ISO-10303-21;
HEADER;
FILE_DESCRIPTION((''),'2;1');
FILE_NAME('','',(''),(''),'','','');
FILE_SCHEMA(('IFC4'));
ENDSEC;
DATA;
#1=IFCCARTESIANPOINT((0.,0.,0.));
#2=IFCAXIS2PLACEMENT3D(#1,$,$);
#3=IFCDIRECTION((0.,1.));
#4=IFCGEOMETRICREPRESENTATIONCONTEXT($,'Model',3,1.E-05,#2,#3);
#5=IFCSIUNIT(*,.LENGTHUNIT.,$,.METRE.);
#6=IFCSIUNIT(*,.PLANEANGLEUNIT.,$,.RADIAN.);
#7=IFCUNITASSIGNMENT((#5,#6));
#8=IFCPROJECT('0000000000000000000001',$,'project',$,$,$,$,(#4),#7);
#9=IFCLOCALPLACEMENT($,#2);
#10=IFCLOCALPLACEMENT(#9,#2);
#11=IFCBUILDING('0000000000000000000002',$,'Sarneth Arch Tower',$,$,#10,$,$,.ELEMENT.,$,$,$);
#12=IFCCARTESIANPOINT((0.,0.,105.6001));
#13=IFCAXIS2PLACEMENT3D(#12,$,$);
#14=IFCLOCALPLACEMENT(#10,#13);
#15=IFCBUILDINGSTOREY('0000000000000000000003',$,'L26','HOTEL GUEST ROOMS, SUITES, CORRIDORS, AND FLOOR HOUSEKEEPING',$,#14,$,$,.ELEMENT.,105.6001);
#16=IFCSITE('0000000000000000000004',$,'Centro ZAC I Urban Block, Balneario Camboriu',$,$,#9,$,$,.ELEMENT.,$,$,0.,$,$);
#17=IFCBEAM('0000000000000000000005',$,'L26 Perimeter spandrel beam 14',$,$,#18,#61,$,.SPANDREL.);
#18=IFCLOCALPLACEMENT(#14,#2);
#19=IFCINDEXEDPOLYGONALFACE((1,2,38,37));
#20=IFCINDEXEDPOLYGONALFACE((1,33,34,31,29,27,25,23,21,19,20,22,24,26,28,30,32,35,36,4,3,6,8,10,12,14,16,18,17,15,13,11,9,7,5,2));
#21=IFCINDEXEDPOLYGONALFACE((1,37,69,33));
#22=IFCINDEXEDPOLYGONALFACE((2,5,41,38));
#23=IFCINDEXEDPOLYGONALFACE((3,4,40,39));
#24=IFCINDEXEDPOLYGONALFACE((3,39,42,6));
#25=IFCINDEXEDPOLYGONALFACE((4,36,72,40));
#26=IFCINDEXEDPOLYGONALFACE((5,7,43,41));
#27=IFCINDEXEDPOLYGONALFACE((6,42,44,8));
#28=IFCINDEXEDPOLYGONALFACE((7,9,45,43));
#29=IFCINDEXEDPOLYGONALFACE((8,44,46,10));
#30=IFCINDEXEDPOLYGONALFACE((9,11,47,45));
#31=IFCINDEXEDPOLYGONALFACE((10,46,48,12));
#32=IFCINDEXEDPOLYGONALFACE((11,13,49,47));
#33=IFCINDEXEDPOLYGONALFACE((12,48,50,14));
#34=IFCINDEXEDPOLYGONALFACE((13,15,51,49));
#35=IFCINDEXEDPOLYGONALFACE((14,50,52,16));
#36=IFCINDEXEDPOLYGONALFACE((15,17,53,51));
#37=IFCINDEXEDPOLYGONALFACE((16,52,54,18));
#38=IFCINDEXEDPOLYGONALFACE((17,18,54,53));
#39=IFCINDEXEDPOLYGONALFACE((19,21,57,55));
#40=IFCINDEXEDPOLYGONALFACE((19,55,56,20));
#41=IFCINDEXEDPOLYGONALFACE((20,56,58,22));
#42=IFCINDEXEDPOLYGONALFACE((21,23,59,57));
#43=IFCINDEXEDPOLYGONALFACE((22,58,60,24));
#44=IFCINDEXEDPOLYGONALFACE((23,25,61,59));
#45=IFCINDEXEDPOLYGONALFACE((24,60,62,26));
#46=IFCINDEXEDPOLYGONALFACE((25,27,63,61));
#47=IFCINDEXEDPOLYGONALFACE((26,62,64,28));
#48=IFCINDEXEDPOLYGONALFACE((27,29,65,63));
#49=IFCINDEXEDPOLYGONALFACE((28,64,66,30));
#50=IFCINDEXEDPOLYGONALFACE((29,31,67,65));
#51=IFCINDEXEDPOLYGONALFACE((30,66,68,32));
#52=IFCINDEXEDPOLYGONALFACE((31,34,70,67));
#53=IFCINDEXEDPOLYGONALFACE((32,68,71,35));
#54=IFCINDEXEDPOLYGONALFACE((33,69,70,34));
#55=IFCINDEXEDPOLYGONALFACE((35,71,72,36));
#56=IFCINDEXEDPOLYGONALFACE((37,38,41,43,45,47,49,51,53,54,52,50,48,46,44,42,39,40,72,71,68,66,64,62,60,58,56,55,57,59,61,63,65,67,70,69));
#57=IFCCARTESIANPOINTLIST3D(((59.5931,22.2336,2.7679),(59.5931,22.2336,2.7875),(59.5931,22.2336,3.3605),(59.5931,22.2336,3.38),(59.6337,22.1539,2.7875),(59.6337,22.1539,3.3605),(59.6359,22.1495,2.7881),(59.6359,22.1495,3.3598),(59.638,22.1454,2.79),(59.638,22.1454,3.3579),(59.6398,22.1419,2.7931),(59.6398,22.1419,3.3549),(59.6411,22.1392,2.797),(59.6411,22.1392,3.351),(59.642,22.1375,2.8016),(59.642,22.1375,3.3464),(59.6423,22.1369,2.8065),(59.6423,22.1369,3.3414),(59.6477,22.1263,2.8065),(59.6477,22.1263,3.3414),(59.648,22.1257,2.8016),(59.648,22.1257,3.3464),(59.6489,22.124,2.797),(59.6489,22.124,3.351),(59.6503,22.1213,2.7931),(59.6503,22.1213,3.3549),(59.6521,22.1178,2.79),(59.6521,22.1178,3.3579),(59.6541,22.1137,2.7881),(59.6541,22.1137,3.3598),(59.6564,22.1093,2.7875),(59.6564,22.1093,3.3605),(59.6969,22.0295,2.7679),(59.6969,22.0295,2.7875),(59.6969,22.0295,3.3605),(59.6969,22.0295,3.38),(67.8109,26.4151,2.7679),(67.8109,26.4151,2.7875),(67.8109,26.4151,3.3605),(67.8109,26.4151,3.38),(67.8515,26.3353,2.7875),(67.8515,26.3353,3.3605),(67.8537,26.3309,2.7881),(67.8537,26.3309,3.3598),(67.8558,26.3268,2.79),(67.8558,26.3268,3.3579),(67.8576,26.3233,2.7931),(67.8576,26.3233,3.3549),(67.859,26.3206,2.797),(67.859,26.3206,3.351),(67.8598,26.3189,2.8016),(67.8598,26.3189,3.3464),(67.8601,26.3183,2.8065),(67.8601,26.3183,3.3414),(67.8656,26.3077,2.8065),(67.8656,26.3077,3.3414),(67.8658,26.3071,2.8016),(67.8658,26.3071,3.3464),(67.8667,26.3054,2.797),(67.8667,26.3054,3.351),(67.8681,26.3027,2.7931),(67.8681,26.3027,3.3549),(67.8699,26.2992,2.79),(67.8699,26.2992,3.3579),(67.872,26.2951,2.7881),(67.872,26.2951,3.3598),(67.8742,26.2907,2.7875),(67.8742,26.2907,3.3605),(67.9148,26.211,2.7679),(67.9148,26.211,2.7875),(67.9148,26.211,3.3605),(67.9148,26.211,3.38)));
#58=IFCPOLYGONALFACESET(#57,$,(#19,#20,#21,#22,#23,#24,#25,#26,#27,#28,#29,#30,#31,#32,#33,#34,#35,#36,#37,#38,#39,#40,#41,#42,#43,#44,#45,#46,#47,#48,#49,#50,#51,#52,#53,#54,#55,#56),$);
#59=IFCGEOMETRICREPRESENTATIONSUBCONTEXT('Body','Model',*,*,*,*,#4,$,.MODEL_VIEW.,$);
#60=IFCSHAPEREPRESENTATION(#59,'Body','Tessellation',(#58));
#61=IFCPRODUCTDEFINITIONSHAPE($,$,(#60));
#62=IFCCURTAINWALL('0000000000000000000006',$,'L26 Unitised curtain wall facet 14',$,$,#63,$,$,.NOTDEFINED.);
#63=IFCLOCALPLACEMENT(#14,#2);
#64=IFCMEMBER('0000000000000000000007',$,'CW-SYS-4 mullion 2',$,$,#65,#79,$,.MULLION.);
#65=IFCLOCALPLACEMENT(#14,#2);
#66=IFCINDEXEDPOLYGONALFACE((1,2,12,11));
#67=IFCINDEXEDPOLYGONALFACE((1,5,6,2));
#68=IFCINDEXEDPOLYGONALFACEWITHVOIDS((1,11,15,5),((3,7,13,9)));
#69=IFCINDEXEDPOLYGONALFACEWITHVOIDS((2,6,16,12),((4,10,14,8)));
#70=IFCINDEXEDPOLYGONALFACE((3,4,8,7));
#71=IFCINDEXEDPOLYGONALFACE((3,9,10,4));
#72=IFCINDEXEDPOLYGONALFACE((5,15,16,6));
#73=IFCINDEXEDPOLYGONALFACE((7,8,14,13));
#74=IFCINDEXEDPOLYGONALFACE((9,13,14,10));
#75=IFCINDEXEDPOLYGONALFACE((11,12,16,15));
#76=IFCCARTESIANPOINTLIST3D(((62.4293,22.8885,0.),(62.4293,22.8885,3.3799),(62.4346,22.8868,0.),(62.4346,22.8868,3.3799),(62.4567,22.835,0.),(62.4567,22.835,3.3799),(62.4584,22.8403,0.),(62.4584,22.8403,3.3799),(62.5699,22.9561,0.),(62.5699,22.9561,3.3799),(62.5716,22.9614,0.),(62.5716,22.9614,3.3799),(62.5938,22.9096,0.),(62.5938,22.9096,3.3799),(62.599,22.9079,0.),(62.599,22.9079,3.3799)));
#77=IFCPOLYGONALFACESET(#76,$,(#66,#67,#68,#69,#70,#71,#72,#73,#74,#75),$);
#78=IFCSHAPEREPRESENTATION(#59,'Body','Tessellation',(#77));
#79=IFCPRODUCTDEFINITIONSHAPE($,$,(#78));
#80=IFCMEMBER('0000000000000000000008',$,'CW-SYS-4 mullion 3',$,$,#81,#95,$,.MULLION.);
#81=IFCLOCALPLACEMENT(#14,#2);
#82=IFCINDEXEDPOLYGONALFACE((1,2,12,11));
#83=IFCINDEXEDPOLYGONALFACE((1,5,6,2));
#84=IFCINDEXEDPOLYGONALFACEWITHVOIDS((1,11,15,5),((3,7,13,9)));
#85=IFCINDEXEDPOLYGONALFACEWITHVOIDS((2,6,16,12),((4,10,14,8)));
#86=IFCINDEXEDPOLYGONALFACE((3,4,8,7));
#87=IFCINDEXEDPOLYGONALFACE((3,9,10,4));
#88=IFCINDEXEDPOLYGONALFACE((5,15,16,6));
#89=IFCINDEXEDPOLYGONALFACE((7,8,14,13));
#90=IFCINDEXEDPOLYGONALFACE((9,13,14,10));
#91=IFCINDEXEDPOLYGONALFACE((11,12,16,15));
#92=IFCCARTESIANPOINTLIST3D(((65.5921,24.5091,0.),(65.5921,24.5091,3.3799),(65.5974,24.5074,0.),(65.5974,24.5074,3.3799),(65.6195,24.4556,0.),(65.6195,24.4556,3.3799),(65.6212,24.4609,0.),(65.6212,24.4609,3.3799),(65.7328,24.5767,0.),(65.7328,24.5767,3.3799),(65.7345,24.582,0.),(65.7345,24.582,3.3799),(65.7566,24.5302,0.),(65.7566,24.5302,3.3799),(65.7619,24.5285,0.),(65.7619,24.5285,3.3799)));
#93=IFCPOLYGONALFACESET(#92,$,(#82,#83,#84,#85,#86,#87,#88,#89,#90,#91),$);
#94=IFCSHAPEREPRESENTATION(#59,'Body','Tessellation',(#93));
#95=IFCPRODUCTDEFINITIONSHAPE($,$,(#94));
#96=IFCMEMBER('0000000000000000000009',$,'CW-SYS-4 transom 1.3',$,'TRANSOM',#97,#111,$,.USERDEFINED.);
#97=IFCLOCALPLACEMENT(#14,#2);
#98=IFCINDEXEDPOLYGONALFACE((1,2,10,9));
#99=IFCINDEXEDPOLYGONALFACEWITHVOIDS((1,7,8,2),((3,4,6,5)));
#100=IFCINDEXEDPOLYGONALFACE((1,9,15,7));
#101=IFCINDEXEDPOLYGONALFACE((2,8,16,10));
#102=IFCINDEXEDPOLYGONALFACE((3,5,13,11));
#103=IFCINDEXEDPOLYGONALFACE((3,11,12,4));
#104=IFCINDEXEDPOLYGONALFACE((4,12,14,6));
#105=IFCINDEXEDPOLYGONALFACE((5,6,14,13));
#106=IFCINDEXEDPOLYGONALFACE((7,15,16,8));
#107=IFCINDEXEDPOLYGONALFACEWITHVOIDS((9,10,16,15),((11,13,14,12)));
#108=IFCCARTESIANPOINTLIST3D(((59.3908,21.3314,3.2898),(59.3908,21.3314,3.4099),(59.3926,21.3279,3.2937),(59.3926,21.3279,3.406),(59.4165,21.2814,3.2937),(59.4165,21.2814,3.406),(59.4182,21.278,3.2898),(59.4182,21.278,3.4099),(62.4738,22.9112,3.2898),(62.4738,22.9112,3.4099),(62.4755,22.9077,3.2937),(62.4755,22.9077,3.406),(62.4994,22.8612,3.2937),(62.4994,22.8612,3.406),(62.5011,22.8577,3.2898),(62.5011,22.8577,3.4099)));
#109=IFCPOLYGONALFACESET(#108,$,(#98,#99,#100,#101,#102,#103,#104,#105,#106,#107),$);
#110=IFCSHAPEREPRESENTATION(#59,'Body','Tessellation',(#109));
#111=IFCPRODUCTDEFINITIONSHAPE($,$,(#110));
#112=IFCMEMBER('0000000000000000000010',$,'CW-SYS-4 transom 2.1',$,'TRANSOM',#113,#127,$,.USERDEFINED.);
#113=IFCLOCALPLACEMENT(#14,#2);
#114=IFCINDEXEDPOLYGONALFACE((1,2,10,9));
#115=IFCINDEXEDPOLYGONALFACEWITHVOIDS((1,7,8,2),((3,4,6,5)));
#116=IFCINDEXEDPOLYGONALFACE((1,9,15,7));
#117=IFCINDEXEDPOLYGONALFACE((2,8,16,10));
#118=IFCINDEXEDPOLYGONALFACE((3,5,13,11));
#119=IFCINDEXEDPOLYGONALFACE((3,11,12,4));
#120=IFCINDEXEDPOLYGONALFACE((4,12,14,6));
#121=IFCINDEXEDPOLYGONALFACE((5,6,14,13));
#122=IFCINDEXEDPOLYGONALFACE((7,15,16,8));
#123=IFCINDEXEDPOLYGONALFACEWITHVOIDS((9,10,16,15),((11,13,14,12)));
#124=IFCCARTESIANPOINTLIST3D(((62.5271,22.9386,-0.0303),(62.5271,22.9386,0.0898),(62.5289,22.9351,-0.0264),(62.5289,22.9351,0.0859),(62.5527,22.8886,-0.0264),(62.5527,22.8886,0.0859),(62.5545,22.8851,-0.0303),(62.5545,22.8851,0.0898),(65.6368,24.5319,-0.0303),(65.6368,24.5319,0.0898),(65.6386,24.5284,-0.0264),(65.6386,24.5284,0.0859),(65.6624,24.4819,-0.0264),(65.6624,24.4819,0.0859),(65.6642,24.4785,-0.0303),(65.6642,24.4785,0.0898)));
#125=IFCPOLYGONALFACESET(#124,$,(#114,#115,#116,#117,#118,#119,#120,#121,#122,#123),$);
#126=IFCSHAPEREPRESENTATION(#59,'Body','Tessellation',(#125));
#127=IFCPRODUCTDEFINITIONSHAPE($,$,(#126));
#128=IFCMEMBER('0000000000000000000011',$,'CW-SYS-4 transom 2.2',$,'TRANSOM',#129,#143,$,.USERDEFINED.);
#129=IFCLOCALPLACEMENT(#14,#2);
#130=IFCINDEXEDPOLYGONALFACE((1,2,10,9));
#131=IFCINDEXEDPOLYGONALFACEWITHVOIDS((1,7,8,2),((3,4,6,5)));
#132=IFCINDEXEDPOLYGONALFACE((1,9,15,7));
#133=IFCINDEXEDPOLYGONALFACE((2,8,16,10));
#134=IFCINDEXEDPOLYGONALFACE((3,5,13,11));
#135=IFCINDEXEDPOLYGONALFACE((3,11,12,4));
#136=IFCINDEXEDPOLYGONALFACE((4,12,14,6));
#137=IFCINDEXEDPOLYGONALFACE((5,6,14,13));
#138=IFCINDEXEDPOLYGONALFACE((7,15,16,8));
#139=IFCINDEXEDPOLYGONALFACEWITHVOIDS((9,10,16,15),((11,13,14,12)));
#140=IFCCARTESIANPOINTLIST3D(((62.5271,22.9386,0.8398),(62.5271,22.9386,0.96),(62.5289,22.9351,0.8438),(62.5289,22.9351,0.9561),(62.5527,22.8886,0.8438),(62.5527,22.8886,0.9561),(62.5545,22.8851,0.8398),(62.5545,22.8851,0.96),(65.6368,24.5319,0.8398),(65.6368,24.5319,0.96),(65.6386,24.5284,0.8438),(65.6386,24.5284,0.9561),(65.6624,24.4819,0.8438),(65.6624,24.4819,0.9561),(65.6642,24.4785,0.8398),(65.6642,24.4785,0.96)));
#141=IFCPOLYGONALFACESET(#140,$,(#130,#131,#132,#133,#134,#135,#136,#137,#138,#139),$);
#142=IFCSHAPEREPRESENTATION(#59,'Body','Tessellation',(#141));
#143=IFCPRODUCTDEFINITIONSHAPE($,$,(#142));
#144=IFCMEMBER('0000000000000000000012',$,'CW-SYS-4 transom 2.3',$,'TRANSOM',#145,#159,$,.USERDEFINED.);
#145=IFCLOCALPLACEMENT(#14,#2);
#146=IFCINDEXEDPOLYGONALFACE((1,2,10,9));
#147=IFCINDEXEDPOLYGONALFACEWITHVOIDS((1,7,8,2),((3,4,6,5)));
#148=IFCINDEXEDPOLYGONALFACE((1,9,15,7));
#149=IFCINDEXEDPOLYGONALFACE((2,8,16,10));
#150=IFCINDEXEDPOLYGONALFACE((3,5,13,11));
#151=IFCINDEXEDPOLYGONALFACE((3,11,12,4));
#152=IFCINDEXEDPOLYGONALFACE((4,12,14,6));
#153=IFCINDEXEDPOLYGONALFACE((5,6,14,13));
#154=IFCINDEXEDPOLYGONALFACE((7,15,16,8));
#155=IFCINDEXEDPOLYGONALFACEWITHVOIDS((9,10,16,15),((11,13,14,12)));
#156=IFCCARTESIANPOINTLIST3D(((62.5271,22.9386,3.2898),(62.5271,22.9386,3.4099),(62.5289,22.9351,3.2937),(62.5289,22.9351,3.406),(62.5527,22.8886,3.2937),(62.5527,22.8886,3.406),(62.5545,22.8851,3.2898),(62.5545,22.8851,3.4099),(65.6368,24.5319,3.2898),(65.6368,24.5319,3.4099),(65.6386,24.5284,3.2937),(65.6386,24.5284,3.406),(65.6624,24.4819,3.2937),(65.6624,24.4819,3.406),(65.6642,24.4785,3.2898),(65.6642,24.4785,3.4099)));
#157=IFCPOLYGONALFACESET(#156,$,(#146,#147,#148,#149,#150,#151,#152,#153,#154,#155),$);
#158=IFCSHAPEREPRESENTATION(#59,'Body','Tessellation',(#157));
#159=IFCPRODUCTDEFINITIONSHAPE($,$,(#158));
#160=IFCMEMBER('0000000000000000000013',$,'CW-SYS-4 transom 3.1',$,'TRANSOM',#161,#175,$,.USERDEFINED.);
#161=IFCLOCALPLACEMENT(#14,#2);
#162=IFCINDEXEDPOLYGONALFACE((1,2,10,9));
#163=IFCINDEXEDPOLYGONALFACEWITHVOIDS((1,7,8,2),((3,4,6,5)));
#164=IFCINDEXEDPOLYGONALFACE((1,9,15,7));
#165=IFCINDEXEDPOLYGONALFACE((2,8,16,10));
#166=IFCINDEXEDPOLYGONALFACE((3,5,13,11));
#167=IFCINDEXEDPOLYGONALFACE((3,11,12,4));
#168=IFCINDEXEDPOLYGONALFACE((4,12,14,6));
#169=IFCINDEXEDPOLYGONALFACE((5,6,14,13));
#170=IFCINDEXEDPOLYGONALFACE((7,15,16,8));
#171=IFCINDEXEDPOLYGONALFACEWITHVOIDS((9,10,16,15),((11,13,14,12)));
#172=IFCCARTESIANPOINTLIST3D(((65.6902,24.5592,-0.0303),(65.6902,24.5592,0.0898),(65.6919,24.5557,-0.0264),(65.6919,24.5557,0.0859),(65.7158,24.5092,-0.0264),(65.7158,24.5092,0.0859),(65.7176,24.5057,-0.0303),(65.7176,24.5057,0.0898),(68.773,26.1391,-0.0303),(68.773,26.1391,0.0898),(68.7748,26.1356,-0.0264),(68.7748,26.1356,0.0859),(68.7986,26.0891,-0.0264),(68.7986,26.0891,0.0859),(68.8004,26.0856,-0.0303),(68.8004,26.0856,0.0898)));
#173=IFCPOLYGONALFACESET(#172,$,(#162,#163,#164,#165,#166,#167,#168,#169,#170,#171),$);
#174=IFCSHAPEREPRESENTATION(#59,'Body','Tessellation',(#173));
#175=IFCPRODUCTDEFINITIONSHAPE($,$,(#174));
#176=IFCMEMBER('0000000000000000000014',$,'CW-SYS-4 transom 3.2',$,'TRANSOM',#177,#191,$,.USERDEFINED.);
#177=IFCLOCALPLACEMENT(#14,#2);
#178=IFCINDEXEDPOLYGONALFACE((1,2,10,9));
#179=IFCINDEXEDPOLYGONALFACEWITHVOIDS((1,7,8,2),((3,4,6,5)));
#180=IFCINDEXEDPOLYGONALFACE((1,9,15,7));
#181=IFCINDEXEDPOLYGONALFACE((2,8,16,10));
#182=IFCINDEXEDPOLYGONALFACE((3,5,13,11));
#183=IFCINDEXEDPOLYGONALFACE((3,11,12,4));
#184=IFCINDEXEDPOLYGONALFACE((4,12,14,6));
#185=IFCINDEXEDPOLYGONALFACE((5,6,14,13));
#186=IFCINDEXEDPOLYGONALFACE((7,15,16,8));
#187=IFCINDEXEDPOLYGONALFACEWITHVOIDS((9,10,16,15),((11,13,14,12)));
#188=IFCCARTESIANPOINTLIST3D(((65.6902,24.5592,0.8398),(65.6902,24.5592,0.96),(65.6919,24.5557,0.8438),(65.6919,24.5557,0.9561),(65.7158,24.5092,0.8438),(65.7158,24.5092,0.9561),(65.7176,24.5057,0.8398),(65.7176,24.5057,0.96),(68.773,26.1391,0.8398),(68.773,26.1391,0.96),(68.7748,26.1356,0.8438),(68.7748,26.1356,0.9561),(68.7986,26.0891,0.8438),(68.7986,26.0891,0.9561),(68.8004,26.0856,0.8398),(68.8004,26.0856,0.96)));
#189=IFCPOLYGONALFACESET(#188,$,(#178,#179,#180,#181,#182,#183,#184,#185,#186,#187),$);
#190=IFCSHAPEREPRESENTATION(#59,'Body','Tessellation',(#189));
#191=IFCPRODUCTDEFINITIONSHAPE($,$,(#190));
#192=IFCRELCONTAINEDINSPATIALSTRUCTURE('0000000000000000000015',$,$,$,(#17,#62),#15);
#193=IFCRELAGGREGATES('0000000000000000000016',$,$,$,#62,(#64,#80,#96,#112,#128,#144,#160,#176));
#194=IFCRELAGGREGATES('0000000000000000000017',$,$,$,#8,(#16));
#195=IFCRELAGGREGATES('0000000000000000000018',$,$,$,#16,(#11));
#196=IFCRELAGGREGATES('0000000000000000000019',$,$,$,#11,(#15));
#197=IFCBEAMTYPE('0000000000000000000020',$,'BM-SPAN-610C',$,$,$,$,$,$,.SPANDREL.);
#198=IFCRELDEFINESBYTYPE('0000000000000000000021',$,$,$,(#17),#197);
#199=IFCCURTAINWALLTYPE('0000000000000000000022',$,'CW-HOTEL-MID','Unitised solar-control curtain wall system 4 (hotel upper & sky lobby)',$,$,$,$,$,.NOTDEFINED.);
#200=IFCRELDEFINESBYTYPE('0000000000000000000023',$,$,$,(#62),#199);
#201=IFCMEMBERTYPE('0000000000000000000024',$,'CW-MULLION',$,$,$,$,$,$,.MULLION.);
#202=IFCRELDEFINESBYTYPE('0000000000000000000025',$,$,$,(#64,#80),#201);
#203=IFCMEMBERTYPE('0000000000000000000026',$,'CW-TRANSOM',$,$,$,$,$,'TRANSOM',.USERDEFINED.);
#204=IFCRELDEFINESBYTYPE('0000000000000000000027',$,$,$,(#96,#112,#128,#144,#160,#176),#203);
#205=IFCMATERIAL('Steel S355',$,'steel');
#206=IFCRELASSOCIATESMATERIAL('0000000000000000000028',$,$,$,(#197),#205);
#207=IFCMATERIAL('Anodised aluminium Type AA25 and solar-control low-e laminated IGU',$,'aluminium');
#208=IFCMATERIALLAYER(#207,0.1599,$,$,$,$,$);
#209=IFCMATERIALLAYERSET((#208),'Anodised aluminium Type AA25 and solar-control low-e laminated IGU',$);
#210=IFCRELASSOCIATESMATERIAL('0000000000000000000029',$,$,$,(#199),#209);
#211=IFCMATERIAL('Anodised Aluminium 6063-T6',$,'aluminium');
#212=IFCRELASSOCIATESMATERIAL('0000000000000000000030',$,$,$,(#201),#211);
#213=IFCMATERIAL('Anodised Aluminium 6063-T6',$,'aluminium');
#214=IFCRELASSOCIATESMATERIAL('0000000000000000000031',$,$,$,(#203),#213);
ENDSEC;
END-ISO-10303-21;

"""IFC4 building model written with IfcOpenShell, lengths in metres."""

from ifc_helpers import new_model, si_unit, direction, frame, origin, origin_2d, place, context, subcontext, project, spatial, hollow_rectangle, i_section, extrude, material, layer, layer_set, material_profile, profile_set, type_object, element, aggregate, save


model = new_model("IFC4")

# Units and contexts
model_context = context("Model", 3, precision=1e-05, world=origin(), true_north=direction((0.0, 1.0)))
body_context = subcontext(model_context, "Body", "Model", "MODEL_VIEW")
ifc_project = project(units=[si_unit("LENGTHUNIT", "METRE"), si_unit("PLANEANGLEUNIT", "RADIAN")], contexts=[model_context])

# Site, building, storey
site_placement = place(None, origin())
site = spatial("IfcSite", under=ifc_project, at=site_placement, Name="Centro ZAC I Urban Block, Balneario Camboriu", CompositionType="ELEMENT", RefElevation=0.0)
building_placement = place(site_placement, origin())
building = spatial("IfcBuilding", under=site, at=building_placement, Name="Sarneth Arch Tower", CompositionType="ELEMENT")
storey_placement = place(building_placement, frame((0.0, 0.0, 105.6001)))
storey = spatial("IfcBuildingStorey", under=building, at=storey_placement, Name="L26", Description="HOTEL GUEST ROOMS, SUITES, CORRIDORS, AND FLOOR HOUSEKEEPING", CompositionType="ELEMENT", Elevation=105.6001)

# Beam
ifc_material_1 = material(Name="Steel S355", Category="steel")
ifc_material_profile_1 = material_profile(ifc_material_1, i_section(OverallWidth=0.229, OverallDepth=0.6121, WebThickness=0.012, FlangeThickness=0.0195, FilletRadius=0.019, at=origin_2d()), Name="W610x125")
ifc_profile_set_1 = profile_set([ifc_material_profile_1], Name="Steel S355")
beam_type = type_object("IfcBeamType", Name="BM-SPAN-610C", PredefinedType="SPANDREL", material=ifc_profile_set_1)
beam_placement = place(storey_placement, frame((59.645, 22.1316, 3.074), z_axis=(0.891259, 0.453494, 0.0), x_axis=(-0.453494, 0.891259, 0.0)))
element("IfcBeam", 1, at=beam_placement, inside=storey, type_object=beam_type, Name="L26 Perimeter spandrel beam 14", PredefinedType="SPANDREL", context=body_context, shape_type="SweptSolid", body=[
    extrude(i_section(OverallWidth=0.229, OverallDepth=0.6121, WebThickness=0.012, FlangeThickness=0.0195, FilletRadius=0.019, at=origin_2d()), origin(), (0.0, 0.0, 1.0), 9.2205),
])

# Curtain wall, members
ifc_material_2 = material(Name="Anodised aluminium Type AA25 and solar-control low-e laminated IGU", Category="aluminium")
ifc_layer_1 = layer(ifc_material_2, 0.1599)
ifc_layer_set_1 = layer_set([ifc_layer_1], Name="Anodised aluminium Type AA25 and solar-control low-e laminated IGU")
curtain_wall_type = type_object("IfcCurtainWallType", Name="CW-HOTEL-MID", Description="Unitised solar-control curtain wall system 4 (hotel upper & sky lobby)", PredefinedType="NOTDEFINED", material=ifc_layer_set_1)
curtain_wall_placement = place(storey_placement, origin())
curtain_wall = element("IfcCurtainWall", 2, at=curtain_wall_placement, inside=storey, type_object=curtain_wall_type, Name="L26 Unitised curtain wall facet 14", PredefinedType="NOTDEFINED")
ifc_material_3 = material(Name="Anodised Aluminium 6063-T6", Category="aluminium")
ifc_material_profile_2 = material_profile(ifc_material_3, hollow_rectangle(XDim=0.0601, YDim=0.1599, WallThickness=0.0039, at=origin_2d()), Name="AL-MULL-160x60x4")
ifc_profile_set_2 = profile_set([ifc_material_profile_2], Name="Anodised Aluminium 6063-T6")
member_type_1 = type_object("IfcMemberType", Name="CW-MULLION", PredefinedType="MULLION", material=ifc_profile_set_2)
member_1_placement = place(storey_placement, frame((62.5142, 22.8982, 0.0), z_axis=(0.0, 0.0, 1.0), x_axis=(-0.456031, 0.889964, 0.0)))
member_1 = element("IfcMember", 3, at=member_1_placement, type_object=member_type_1, Name="CW-SYS-4 mullion 2", PredefinedType="MULLION", context=body_context, shape_type="SweptSolid", body=[
    extrude(hollow_rectangle(XDim=0.0601, YDim=0.1599, WallThickness=0.0039, at=origin_2d()), origin(), (0.0, 0.0, 1.0), 3.3799),
])
member_2_placement = place(storey_placement, frame((65.677, 24.5188, 0.0), z_axis=(0.0, 0.0, 1.0), x_axis=(-0.456031, 0.889964, 0.0)))
member_2 = element("IfcMember", 4, at=member_2_placement, type_object=member_type_1, Name="CW-SYS-4 mullion 3", PredefinedType="MULLION", context=body_context, shape_type="SweptSolid", body=[
    extrude(hollow_rectangle(XDim=0.0601, YDim=0.1599, WallThickness=0.0039, at=origin_2d()), origin(), (0.0, 0.0, 1.0), 3.3799),
])
ifc_material_4 = material(Name="Anodised Aluminium 6063-T6", Category="aluminium")
ifc_material_profile_3 = material_profile(ifc_material_4, hollow_rectangle(XDim=0.0601, YDim=0.1201, WallThickness=0.0039, at=origin_2d()), Name="AL-TRAN-120x60x4")
ifc_profile_set_3 = profile_set([ifc_material_profile_3], Name="Anodised Aluminium 6063-T6")
member_type_2 = type_object("IfcMemberType", Name="CW-TRANSOM", ElementType="TRANSOM", PredefinedType="USERDEFINED", material=ifc_profile_set_3)
member_3_placement = place(storey_placement, frame((59.4045, 21.3047, 3.3499), z_axis=(0.889958, 0.456043, 0.0), x_axis=(-0.456043, 0.889958, 0.0)))
member_3 = element("IfcMember", 5, at=member_3_placement, type_object=member_type_2, Name="CW-SYS-4 transom 1.3", ObjectType="TRANSOM", PredefinedType="USERDEFINED", context=body_context, shape_type="SweptSolid", body=[
    extrude(hollow_rectangle(XDim=0.0601, YDim=0.1201, WallThickness=0.0039, at=origin_2d()), origin(), (0.0, 0.0, 1.0), 3.4641),
])
member_4_placement = place(storey_placement, frame((62.5408, 22.9119, 0.0298), z_axis=(0.889982, 0.455996, 0.0), x_axis=(-0.455996, 0.889982, 0.0)))
member_4 = element("IfcMember", 6, at=member_4_placement, type_object=member_type_2, Name="CW-SYS-4 transom 2.1", ObjectType="TRANSOM", PredefinedType="USERDEFINED", context=body_context, shape_type="SweptSolid", body=[
    extrude(hollow_rectangle(XDim=0.0601, YDim=0.1201, WallThickness=0.0039, at=origin_2d()), origin(), (0.0, 0.0, 1.0), 3.4941),
])
member_5_placement = place(storey_placement, frame((62.5408, 22.9119, 0.8999), z_axis=(0.889982, 0.455996, 0.0), x_axis=(-0.455996, 0.889982, 0.0)))
member_5 = element("IfcMember", 7, at=member_5_placement, type_object=member_type_2, Name="CW-SYS-4 transom 2.2", ObjectType="TRANSOM", PredefinedType="USERDEFINED", context=body_context, shape_type="SweptSolid", body=[
    extrude(hollow_rectangle(XDim=0.0601, YDim=0.1201, WallThickness=0.0039, at=origin_2d()), origin(), (0.0, 0.0, 1.0), 3.4941),
])
member_6_placement = place(storey_placement, frame((62.5408, 22.9119, 3.3499), z_axis=(0.889982, 0.455996, 0.0), x_axis=(-0.455996, 0.889982, 0.0)))
member_6 = element("IfcMember", 8, at=member_6_placement, type_object=member_type_2, Name="CW-SYS-4 transom 2.3", ObjectType="TRANSOM", PredefinedType="USERDEFINED", context=body_context, shape_type="SweptSolid", body=[
    extrude(hollow_rectangle(XDim=0.0601, YDim=0.1201, WallThickness=0.0039, at=origin_2d()), origin(), (0.0, 0.0, 1.0), 3.4941),
])
member_7_placement = place(storey_placement, frame((65.7039, 24.5325, 0.0298), z_axis=(0.889943, 0.456072, 0.0), x_axis=(-0.456072, 0.889943, 0.0)))
member_7 = element("IfcMember", 9, at=member_7_placement, type_object=member_type_2, Name="CW-SYS-4 transom 3.1", ObjectType="TRANSOM", PredefinedType="USERDEFINED", context=body_context, shape_type="SweptSolid", body=[
    extrude(hollow_rectangle(XDim=0.0601, YDim=0.1201, WallThickness=0.0039, at=origin_2d()), origin(), (0.0, 0.0, 1.0), 3.4641),
])
member_8_placement = place(storey_placement, frame((65.7039, 24.5325, 0.8999), z_axis=(0.889943, 0.456072, 0.0), x_axis=(-0.456072, 0.889943, 0.0)))
member_8 = element("IfcMember", 10, at=member_8_placement, type_object=member_type_2, Name="CW-SYS-4 transom 3.2", ObjectType="TRANSOM", PredefinedType="USERDEFINED", context=body_context, shape_type="SweptSolid", body=[
    extrude(hollow_rectangle(XDim=0.0601, YDim=0.1201, WallThickness=0.0039, at=origin_2d()), origin(), (0.0, 0.0, 1.0), 3.4641),
])
aggregate(curtain_wall, [member_1, member_2, member_3, member_4, member_5, member_6, member_7, member_8])

save(model, "model.ifc")
